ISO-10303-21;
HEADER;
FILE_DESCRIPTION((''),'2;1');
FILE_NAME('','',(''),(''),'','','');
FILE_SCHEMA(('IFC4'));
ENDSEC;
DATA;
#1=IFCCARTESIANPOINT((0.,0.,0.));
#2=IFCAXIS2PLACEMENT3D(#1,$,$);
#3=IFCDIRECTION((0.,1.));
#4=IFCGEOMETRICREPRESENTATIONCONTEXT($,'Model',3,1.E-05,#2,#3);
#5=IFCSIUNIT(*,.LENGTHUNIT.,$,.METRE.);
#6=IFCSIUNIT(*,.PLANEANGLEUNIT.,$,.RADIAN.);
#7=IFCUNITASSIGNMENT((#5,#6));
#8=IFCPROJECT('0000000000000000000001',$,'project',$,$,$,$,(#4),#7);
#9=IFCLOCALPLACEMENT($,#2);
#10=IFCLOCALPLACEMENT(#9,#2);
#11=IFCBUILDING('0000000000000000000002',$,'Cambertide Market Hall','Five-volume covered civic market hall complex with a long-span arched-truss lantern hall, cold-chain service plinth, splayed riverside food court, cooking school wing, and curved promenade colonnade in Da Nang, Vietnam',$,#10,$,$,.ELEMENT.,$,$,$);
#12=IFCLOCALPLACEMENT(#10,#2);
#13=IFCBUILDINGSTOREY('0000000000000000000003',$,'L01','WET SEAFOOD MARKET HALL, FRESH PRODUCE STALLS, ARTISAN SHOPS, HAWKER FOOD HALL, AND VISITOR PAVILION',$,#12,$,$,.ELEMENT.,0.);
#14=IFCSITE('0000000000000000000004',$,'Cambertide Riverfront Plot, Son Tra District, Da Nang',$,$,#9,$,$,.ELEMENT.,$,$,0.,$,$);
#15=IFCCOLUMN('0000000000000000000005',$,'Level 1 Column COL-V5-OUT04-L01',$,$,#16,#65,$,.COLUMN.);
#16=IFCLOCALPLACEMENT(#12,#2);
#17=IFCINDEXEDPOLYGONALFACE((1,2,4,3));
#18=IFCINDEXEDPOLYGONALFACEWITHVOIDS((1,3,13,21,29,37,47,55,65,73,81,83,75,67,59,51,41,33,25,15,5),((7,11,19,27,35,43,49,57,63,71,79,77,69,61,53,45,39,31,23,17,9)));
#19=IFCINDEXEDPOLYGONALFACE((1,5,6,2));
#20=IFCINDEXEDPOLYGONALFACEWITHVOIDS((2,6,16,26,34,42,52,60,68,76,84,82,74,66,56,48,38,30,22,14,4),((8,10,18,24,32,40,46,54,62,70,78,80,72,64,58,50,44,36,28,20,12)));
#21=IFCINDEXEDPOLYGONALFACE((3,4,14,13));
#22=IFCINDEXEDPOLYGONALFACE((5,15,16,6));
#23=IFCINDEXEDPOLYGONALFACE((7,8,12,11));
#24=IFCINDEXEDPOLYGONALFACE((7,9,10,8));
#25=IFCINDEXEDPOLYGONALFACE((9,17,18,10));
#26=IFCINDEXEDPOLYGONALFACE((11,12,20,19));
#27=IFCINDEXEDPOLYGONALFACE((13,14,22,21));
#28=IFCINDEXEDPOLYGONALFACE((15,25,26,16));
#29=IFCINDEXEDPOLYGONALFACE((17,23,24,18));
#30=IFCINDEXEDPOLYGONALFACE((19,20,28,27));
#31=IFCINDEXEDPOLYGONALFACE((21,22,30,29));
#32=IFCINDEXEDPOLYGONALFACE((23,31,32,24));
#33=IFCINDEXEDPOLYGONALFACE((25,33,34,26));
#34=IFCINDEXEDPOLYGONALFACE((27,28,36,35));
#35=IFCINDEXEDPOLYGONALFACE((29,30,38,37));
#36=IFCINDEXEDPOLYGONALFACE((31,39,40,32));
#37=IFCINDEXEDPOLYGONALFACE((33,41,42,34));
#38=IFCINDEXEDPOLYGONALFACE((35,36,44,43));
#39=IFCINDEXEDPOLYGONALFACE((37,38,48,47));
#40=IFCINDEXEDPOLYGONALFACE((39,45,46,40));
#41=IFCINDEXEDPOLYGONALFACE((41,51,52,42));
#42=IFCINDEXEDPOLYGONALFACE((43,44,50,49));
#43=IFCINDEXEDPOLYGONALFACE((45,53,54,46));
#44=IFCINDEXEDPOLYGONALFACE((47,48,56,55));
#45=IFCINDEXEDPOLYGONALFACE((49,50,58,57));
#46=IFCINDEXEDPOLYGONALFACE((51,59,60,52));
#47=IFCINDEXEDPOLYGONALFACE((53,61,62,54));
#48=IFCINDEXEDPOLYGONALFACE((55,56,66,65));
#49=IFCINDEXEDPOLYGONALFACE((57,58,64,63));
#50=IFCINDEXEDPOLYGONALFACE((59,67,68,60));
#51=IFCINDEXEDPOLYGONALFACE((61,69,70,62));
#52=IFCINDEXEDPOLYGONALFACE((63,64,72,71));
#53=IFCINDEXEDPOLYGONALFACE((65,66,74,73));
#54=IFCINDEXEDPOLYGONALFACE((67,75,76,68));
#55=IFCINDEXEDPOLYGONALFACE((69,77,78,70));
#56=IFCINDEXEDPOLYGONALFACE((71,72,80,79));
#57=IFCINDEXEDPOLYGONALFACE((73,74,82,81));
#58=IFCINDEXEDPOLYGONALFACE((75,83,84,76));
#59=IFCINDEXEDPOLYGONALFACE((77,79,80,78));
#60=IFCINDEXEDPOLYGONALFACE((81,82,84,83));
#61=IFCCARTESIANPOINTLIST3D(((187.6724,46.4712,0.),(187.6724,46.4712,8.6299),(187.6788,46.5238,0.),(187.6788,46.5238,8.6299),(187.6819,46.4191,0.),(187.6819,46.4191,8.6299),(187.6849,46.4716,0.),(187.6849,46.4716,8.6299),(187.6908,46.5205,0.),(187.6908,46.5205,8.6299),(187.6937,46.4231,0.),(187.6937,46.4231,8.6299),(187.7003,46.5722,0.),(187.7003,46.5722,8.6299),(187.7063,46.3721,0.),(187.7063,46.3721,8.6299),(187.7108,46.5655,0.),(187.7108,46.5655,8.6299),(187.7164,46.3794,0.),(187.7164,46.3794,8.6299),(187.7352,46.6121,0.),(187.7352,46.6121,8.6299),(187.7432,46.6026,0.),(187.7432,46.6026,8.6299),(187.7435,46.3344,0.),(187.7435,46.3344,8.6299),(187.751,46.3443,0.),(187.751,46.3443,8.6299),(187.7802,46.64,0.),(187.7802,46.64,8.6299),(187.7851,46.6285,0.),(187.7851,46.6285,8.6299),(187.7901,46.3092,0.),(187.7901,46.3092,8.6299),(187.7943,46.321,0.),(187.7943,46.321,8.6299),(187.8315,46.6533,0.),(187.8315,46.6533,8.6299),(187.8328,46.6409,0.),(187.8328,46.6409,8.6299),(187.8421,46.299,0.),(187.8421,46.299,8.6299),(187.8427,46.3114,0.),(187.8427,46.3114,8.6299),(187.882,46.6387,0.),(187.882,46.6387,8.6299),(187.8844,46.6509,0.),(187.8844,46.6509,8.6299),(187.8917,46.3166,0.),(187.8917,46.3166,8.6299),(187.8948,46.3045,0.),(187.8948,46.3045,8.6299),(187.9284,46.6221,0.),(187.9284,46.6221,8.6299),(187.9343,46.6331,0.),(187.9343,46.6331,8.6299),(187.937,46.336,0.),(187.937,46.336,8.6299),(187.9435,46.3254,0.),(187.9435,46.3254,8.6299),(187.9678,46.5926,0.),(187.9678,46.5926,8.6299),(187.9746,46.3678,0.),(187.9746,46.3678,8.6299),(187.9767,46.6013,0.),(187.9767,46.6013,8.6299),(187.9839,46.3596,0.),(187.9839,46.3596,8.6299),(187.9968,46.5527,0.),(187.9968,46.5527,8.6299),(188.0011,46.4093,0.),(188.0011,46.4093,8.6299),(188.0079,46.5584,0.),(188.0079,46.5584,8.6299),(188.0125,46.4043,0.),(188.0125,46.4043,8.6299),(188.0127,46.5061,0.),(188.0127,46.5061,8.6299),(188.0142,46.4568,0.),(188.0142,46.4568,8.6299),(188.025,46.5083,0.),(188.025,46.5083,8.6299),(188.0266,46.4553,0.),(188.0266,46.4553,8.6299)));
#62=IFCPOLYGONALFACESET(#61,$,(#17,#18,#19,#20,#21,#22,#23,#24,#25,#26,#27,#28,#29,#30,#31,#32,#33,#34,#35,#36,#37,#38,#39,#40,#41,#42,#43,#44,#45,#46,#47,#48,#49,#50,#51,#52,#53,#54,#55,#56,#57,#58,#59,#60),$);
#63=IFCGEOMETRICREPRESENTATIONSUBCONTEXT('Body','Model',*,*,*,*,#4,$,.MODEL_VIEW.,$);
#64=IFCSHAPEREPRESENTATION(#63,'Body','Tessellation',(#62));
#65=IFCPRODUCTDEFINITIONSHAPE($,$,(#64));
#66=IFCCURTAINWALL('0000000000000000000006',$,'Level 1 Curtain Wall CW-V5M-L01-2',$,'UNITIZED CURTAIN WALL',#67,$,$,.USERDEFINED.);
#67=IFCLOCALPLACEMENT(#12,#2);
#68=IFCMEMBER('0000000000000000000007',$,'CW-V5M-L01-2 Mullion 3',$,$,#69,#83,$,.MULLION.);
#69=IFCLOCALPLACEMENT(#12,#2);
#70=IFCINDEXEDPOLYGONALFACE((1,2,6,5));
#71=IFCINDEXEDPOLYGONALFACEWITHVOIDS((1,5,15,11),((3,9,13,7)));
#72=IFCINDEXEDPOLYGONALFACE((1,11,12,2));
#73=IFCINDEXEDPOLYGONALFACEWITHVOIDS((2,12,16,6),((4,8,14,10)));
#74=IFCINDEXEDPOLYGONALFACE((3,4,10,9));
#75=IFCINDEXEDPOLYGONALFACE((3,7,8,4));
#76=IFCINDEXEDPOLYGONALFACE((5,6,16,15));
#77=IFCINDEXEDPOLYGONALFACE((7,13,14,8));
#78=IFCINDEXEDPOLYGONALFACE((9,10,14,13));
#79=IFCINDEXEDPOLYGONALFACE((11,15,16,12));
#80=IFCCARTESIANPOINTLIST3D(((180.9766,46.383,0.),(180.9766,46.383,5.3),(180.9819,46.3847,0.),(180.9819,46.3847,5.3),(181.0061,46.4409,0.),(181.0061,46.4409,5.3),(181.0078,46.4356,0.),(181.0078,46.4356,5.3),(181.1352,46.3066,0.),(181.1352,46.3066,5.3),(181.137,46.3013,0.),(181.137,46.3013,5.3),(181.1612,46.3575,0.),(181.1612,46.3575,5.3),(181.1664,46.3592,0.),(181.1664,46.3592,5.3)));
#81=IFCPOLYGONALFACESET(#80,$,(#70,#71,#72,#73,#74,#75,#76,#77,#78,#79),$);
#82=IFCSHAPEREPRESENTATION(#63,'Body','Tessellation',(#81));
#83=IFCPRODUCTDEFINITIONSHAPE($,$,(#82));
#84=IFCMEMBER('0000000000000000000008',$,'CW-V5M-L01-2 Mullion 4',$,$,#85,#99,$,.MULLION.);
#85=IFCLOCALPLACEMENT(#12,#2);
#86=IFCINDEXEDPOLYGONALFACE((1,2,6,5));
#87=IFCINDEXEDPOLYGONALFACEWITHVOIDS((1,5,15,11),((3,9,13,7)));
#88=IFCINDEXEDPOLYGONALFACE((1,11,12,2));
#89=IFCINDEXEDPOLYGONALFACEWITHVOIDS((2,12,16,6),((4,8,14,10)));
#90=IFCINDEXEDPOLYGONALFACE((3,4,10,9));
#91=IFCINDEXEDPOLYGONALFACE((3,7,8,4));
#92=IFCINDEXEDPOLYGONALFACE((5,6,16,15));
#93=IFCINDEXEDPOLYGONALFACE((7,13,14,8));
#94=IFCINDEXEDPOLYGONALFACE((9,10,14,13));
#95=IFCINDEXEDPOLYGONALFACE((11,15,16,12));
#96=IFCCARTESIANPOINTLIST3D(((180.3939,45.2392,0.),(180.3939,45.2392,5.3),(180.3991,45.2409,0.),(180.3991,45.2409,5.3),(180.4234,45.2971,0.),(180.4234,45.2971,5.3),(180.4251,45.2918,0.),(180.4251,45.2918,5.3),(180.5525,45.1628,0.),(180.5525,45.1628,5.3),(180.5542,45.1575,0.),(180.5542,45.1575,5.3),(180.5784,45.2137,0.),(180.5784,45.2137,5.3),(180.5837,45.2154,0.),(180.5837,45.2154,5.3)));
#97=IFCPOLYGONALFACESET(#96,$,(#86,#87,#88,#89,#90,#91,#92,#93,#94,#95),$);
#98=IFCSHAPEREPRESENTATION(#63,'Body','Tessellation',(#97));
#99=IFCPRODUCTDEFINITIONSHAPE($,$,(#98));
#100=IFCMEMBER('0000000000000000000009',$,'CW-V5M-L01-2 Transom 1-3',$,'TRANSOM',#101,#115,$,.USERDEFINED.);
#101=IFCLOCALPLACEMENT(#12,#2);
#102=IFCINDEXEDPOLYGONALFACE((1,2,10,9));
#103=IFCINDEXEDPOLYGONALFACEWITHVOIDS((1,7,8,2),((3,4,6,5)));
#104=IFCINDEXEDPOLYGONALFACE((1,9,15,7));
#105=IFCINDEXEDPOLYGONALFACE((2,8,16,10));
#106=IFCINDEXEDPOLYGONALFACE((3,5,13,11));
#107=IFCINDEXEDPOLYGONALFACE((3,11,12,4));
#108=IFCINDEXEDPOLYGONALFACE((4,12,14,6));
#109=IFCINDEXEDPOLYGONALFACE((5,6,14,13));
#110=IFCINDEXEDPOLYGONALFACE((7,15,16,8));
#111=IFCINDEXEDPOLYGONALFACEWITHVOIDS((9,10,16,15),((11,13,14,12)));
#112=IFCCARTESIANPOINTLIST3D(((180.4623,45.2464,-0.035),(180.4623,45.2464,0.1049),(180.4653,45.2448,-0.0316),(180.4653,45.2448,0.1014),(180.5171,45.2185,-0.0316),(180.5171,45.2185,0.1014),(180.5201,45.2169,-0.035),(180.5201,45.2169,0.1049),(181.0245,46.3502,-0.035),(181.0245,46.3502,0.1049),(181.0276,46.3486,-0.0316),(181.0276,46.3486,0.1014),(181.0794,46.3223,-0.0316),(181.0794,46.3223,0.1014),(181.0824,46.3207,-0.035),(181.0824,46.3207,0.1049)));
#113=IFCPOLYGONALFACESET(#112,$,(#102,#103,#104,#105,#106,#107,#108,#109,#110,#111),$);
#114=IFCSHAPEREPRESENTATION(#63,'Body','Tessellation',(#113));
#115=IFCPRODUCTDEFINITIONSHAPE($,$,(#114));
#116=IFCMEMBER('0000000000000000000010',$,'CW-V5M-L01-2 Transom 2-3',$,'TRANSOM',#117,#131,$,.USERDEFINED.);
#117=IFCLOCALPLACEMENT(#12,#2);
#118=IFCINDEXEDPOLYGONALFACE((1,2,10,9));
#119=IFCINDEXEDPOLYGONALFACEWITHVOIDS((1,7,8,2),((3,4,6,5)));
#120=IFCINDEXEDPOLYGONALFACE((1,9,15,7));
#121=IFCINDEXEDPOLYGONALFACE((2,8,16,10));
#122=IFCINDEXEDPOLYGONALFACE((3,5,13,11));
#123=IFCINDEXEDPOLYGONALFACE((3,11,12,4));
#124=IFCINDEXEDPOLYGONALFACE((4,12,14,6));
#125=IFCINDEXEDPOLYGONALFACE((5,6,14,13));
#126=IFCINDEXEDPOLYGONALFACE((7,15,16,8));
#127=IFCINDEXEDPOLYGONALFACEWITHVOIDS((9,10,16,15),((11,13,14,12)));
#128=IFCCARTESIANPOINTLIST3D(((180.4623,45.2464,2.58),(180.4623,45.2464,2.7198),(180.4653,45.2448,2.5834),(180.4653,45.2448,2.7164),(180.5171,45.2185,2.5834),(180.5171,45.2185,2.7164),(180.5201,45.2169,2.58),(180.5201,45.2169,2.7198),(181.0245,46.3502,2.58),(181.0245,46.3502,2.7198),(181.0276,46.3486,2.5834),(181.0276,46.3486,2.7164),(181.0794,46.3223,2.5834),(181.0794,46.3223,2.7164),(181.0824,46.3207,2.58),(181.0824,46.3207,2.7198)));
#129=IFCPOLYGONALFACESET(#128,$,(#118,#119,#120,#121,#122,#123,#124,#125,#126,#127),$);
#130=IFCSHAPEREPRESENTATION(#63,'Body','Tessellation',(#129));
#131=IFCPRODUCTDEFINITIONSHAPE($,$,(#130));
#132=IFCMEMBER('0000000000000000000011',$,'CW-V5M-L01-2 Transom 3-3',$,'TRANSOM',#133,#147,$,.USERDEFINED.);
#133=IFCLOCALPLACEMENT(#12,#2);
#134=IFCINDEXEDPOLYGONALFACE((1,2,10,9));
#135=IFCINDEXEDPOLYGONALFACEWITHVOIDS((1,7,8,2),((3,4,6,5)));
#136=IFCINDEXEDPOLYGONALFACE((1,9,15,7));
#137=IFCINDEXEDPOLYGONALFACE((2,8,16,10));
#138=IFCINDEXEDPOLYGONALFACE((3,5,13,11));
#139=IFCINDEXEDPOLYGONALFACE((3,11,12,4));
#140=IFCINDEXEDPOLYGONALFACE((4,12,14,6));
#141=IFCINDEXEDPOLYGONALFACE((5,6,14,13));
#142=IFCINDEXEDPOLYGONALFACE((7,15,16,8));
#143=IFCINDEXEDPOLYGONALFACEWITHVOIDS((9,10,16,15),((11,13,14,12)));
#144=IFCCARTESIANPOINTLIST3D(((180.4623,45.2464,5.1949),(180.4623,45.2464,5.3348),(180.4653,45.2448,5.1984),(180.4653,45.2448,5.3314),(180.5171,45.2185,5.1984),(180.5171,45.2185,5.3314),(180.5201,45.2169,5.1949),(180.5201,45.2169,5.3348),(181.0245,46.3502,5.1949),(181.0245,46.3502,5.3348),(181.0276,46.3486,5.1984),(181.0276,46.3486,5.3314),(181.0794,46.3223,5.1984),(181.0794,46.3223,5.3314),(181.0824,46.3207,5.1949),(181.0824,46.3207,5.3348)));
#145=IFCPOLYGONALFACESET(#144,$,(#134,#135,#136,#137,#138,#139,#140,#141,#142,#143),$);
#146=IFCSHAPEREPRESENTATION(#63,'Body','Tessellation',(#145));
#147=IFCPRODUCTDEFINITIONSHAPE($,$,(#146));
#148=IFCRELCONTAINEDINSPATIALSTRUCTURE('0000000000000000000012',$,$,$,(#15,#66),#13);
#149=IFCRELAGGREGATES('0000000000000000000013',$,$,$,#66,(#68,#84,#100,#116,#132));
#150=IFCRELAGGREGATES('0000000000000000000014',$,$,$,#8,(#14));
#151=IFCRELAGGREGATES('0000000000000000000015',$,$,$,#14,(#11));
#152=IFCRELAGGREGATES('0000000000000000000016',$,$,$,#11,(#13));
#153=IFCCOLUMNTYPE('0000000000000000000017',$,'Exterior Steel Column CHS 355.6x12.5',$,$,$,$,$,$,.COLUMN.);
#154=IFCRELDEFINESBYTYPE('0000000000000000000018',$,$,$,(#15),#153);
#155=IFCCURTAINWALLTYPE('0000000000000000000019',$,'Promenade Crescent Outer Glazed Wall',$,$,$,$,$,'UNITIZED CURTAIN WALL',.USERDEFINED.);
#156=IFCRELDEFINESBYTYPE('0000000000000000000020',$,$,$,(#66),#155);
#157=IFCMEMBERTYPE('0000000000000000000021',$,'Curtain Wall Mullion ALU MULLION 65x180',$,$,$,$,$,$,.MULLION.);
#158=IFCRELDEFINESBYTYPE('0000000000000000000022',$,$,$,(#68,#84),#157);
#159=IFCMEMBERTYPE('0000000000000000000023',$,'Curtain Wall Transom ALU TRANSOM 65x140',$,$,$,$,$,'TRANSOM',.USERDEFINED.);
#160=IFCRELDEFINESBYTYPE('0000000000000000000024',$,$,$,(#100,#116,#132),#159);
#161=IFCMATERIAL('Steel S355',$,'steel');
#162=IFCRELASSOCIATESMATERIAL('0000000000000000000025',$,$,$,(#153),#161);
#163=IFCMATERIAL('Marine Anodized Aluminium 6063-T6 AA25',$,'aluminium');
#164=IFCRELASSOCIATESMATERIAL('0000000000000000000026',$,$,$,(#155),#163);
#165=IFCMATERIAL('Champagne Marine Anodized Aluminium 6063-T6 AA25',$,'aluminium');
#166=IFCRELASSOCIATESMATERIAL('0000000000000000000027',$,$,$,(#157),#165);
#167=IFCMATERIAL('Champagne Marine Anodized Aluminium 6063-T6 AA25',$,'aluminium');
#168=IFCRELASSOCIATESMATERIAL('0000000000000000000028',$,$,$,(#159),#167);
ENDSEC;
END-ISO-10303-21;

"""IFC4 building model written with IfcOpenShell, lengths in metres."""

from ifc_helpers import new_model, si_unit, direction, frame, origin, origin_2d, place, context, subcontext, project, spatial, hollow_rectangle, hollow_circle, extrude, material, material_profile, profile_set, type_object, element, aggregate, save


model = new_model("IFC4")

# Units and contexts
model_context = context("Model", 3, precision=1e-05, world=origin(), true_north=direction((0.0, 1.0)))
body_context = subcontext(model_context, "Body", "Model", "MODEL_VIEW")
ifc_project = project(units=[si_unit("LENGTHUNIT", "METRE"), si_unit("PLANEANGLEUNIT", "RADIAN")], contexts=[model_context])

# Site, building, storey
site_placement = place(None, origin())
site = spatial("IfcSite", under=ifc_project, at=site_placement, Name="Cambertide Riverfront Plot, Son Tra District, Da Nang", CompositionType="ELEMENT", RefElevation=0.0)
building_placement = place(site_placement, origin())
building = spatial("IfcBuilding", under=site, at=building_placement, Name="Cambertide Market Hall", Description="Five-volume covered civic market hall complex with a long-span arched-truss lantern hall, cold-chain service plinth, splayed riverside food court, cooking school wing, and curved promenade colonnade in Da Nang, Vietnam", CompositionType="ELEMENT")
storey_placement = place(building_placement, origin())
storey = spatial("IfcBuildingStorey", under=building, at=storey_placement, Name="L01", Description="WET SEAFOOD MARKET HALL, FRESH PRODUCE STALLS, ARTISAN SHOPS, HAWKER FOOD HALL, AND VISITOR PAVILION", CompositionType="ELEMENT", Elevation=0.0)

# Column
ifc_material_1 = material(Name="Steel S355", Category="steel")
ifc_material_profile_1 = material_profile(ifc_material_1, hollow_circle(Radius=0.1777, WallThickness=0.0125, at=origin_2d()), Name="CHS 355.6x12.5")
ifc_profile_set_1 = profile_set([ifc_material_profile_1], Name="Steel S355")
column_type_1 = type_object("IfcColumnType", Name="Exterior Steel Column CHS 355.6x12.5", PredefinedType="COLUMN", material=ifc_profile_set_1)
for number, where, z_axis, x_axis, name in (
    (1, (187.8501, 46.4766, 0.0), (0.0, 0.0, 1.0), (0.913545, -0.406737, 0.0), "Level 1 Column COL-V5-OUT04-L01"),
):
    element("IfcColumn", number, at=place(storey_placement, frame(where, z_axis=z_axis, x_axis=x_axis)), inside=storey, type_object=column_type_1, Name=name, PredefinedType="COLUMN", context=body_context, shape_type="SweptSolid", body=[
        extrude(hollow_circle(Radius=0.1777, WallThickness=0.0125, at=origin_2d()), origin(), (0.0, 0.0, 1.0), 8.6299),
    ])

# Curtain wall, members
ifc_material_2 = material(Name="Marine Anodized Aluminium 6063-T6 AA25", Category="aluminium")
curtain_wall_type = type_object("IfcCurtainWallType", Name="Promenade Crescent Outer Glazed Wall", ElementType="UNITIZED CURTAIN WALL", PredefinedType="USERDEFINED", material=ifc_material_2)
curtain_wall_placement = place(storey_placement, origin())
curtain_wall = element("IfcCurtainWall", 2, at=curtain_wall_placement, inside=storey, type_object=curtain_wall_type, Name="Level 1 Curtain Wall CW-V5M-L01-2", ObjectType="UNITIZED CURTAIN WALL", PredefinedType="USERDEFINED")
ifc_material_3 = material(Name="Champagne Marine Anodized Aluminium 6063-T6 AA25", Category="aluminium")
ifc_material_profile_2 = material_profile(ifc_material_3, hollow_rectangle(XDim=0.0649, YDim=0.1799, WallThickness=0.0039, at=origin_2d()), Name="ALU MULLION 65x180")
ifc_profile_set_2 = profile_set([ifc_material_profile_2], Name="Champagne Marine Anodized Aluminium 6063-T6 AA25")
member_type_1 = type_object("IfcMemberType", Name="Curtain Wall Mullion ALU MULLION 65x180", PredefinedType="MULLION", material=ifc_profile_set_2)
member_1_placement = place(storey_placement, frame((181.0715, 46.3711, 0.0), z_axis=(0.0, 0.0, 1.0), x_axis=(-0.45399, -0.891007, 0.0)))
member_1 = element("IfcMember", 3, at=member_1_placement, type_object=member_type_1, Name="CW-V5M-L01-2 Mullion 3", PredefinedType="MULLION", context=body_context, shape_type="SweptSolid", body=[
    extrude(hollow_rectangle(XDim=0.0649, YDim=0.1799, WallThickness=0.0039, at=origin_2d()), origin(), (0.0, 0.0, 1.0), 5.3),
])
member_2_placement = place(storey_placement, frame((180.4888, 45.2273, 0.0), z_axis=(0.0, 0.0, 1.0), x_axis=(-0.45399, -0.891007, 0.0)))
member_2 = element("IfcMember", 4, at=member_2_placement, type_object=member_type_1, Name="CW-V5M-L01-2 Mullion 4", PredefinedType="MULLION", context=body_context, shape_type="SweptSolid", body=[
    extrude(hollow_rectangle(XDim=0.0649, YDim=0.1799, WallThickness=0.0039, at=origin_2d()), origin(), (0.0, 0.0, 1.0), 5.3),
])
ifc_material_4 = material(Name="Champagne Marine Anodized Aluminium 6063-T6 AA25", Category="aluminium")
ifc_material_profile_3 = material_profile(ifc_material_4, hollow_rectangle(XDim=0.0649, YDim=0.1399, WallThickness=0.0034, at=origin_2d()), Name="ALU TRANSOM 65x140")
ifc_profile_set_3 = profile_set([ifc_material_profile_3], Name="Champagne Marine Anodized Aluminium 6063-T6 AA25")
member_type_2 = type_object("IfcMemberType", Name="Curtain Wall Transom ALU TRANSOM 65x140", ElementType="TRANSOM", PredefinedType="USERDEFINED", material=ifc_profile_set_3)
member_3_placement = place(storey_placement, frame((181.0535, 46.3354, 0.0349), z_axis=(-0.453902, -0.891052, 0.0), x_axis=(0.891052, -0.453902, 0.0)))
member_3 = element("IfcMember", 5, at=member_3_placement, type_object=member_type_2, Name="CW-V5M-L01-2 Transom 1-3", ObjectType="TRANSOM", PredefinedType="USERDEFINED", context=body_context, shape_type="SweptSolid", body=[
    extrude(hollow_rectangle(XDim=0.0649, YDim=0.1399, WallThickness=0.0034, at=origin_2d()), origin(), (0.0, 0.0, 1.0), 1.2388),
])
member_4_placement = place(storey_placement, frame((181.0535, 46.3354, 2.6499), z_axis=(-0.453902, -0.891052, 0.0), x_axis=(0.891052, -0.453902, 0.0)))
member_4 = element("IfcMember", 6, at=member_4_placement, type_object=member_type_2, Name="CW-V5M-L01-2 Transom 2-3", ObjectType="TRANSOM", PredefinedType="USERDEFINED", context=body_context, shape_type="SweptSolid", body=[
    extrude(hollow_rectangle(XDim=0.0649, YDim=0.1399, WallThickness=0.0034, at=origin_2d()), origin(), (0.0, 0.0, 1.0), 1.2388),
])
member_5_placement = place(storey_placement, frame((181.0535, 46.3354, 5.2649), z_axis=(-0.453902, -0.891052, 0.0), x_axis=(0.891052, -0.453902, 0.0)))
member_5 = element("IfcMember", 7, at=member_5_placement, type_object=member_type_2, Name="CW-V5M-L01-2 Transom 3-3", ObjectType="TRANSOM", PredefinedType="USERDEFINED", context=body_context, shape_type="SweptSolid", body=[
    extrude(hollow_rectangle(XDim=0.0649, YDim=0.1399, WallThickness=0.0034, at=origin_2d()), origin(), (0.0, 0.0, 1.0), 1.2388),
])

aggregate(curtain_wall, [member_1, member_2, member_3, member_4, member_5])

save(model, "model.ifc")
